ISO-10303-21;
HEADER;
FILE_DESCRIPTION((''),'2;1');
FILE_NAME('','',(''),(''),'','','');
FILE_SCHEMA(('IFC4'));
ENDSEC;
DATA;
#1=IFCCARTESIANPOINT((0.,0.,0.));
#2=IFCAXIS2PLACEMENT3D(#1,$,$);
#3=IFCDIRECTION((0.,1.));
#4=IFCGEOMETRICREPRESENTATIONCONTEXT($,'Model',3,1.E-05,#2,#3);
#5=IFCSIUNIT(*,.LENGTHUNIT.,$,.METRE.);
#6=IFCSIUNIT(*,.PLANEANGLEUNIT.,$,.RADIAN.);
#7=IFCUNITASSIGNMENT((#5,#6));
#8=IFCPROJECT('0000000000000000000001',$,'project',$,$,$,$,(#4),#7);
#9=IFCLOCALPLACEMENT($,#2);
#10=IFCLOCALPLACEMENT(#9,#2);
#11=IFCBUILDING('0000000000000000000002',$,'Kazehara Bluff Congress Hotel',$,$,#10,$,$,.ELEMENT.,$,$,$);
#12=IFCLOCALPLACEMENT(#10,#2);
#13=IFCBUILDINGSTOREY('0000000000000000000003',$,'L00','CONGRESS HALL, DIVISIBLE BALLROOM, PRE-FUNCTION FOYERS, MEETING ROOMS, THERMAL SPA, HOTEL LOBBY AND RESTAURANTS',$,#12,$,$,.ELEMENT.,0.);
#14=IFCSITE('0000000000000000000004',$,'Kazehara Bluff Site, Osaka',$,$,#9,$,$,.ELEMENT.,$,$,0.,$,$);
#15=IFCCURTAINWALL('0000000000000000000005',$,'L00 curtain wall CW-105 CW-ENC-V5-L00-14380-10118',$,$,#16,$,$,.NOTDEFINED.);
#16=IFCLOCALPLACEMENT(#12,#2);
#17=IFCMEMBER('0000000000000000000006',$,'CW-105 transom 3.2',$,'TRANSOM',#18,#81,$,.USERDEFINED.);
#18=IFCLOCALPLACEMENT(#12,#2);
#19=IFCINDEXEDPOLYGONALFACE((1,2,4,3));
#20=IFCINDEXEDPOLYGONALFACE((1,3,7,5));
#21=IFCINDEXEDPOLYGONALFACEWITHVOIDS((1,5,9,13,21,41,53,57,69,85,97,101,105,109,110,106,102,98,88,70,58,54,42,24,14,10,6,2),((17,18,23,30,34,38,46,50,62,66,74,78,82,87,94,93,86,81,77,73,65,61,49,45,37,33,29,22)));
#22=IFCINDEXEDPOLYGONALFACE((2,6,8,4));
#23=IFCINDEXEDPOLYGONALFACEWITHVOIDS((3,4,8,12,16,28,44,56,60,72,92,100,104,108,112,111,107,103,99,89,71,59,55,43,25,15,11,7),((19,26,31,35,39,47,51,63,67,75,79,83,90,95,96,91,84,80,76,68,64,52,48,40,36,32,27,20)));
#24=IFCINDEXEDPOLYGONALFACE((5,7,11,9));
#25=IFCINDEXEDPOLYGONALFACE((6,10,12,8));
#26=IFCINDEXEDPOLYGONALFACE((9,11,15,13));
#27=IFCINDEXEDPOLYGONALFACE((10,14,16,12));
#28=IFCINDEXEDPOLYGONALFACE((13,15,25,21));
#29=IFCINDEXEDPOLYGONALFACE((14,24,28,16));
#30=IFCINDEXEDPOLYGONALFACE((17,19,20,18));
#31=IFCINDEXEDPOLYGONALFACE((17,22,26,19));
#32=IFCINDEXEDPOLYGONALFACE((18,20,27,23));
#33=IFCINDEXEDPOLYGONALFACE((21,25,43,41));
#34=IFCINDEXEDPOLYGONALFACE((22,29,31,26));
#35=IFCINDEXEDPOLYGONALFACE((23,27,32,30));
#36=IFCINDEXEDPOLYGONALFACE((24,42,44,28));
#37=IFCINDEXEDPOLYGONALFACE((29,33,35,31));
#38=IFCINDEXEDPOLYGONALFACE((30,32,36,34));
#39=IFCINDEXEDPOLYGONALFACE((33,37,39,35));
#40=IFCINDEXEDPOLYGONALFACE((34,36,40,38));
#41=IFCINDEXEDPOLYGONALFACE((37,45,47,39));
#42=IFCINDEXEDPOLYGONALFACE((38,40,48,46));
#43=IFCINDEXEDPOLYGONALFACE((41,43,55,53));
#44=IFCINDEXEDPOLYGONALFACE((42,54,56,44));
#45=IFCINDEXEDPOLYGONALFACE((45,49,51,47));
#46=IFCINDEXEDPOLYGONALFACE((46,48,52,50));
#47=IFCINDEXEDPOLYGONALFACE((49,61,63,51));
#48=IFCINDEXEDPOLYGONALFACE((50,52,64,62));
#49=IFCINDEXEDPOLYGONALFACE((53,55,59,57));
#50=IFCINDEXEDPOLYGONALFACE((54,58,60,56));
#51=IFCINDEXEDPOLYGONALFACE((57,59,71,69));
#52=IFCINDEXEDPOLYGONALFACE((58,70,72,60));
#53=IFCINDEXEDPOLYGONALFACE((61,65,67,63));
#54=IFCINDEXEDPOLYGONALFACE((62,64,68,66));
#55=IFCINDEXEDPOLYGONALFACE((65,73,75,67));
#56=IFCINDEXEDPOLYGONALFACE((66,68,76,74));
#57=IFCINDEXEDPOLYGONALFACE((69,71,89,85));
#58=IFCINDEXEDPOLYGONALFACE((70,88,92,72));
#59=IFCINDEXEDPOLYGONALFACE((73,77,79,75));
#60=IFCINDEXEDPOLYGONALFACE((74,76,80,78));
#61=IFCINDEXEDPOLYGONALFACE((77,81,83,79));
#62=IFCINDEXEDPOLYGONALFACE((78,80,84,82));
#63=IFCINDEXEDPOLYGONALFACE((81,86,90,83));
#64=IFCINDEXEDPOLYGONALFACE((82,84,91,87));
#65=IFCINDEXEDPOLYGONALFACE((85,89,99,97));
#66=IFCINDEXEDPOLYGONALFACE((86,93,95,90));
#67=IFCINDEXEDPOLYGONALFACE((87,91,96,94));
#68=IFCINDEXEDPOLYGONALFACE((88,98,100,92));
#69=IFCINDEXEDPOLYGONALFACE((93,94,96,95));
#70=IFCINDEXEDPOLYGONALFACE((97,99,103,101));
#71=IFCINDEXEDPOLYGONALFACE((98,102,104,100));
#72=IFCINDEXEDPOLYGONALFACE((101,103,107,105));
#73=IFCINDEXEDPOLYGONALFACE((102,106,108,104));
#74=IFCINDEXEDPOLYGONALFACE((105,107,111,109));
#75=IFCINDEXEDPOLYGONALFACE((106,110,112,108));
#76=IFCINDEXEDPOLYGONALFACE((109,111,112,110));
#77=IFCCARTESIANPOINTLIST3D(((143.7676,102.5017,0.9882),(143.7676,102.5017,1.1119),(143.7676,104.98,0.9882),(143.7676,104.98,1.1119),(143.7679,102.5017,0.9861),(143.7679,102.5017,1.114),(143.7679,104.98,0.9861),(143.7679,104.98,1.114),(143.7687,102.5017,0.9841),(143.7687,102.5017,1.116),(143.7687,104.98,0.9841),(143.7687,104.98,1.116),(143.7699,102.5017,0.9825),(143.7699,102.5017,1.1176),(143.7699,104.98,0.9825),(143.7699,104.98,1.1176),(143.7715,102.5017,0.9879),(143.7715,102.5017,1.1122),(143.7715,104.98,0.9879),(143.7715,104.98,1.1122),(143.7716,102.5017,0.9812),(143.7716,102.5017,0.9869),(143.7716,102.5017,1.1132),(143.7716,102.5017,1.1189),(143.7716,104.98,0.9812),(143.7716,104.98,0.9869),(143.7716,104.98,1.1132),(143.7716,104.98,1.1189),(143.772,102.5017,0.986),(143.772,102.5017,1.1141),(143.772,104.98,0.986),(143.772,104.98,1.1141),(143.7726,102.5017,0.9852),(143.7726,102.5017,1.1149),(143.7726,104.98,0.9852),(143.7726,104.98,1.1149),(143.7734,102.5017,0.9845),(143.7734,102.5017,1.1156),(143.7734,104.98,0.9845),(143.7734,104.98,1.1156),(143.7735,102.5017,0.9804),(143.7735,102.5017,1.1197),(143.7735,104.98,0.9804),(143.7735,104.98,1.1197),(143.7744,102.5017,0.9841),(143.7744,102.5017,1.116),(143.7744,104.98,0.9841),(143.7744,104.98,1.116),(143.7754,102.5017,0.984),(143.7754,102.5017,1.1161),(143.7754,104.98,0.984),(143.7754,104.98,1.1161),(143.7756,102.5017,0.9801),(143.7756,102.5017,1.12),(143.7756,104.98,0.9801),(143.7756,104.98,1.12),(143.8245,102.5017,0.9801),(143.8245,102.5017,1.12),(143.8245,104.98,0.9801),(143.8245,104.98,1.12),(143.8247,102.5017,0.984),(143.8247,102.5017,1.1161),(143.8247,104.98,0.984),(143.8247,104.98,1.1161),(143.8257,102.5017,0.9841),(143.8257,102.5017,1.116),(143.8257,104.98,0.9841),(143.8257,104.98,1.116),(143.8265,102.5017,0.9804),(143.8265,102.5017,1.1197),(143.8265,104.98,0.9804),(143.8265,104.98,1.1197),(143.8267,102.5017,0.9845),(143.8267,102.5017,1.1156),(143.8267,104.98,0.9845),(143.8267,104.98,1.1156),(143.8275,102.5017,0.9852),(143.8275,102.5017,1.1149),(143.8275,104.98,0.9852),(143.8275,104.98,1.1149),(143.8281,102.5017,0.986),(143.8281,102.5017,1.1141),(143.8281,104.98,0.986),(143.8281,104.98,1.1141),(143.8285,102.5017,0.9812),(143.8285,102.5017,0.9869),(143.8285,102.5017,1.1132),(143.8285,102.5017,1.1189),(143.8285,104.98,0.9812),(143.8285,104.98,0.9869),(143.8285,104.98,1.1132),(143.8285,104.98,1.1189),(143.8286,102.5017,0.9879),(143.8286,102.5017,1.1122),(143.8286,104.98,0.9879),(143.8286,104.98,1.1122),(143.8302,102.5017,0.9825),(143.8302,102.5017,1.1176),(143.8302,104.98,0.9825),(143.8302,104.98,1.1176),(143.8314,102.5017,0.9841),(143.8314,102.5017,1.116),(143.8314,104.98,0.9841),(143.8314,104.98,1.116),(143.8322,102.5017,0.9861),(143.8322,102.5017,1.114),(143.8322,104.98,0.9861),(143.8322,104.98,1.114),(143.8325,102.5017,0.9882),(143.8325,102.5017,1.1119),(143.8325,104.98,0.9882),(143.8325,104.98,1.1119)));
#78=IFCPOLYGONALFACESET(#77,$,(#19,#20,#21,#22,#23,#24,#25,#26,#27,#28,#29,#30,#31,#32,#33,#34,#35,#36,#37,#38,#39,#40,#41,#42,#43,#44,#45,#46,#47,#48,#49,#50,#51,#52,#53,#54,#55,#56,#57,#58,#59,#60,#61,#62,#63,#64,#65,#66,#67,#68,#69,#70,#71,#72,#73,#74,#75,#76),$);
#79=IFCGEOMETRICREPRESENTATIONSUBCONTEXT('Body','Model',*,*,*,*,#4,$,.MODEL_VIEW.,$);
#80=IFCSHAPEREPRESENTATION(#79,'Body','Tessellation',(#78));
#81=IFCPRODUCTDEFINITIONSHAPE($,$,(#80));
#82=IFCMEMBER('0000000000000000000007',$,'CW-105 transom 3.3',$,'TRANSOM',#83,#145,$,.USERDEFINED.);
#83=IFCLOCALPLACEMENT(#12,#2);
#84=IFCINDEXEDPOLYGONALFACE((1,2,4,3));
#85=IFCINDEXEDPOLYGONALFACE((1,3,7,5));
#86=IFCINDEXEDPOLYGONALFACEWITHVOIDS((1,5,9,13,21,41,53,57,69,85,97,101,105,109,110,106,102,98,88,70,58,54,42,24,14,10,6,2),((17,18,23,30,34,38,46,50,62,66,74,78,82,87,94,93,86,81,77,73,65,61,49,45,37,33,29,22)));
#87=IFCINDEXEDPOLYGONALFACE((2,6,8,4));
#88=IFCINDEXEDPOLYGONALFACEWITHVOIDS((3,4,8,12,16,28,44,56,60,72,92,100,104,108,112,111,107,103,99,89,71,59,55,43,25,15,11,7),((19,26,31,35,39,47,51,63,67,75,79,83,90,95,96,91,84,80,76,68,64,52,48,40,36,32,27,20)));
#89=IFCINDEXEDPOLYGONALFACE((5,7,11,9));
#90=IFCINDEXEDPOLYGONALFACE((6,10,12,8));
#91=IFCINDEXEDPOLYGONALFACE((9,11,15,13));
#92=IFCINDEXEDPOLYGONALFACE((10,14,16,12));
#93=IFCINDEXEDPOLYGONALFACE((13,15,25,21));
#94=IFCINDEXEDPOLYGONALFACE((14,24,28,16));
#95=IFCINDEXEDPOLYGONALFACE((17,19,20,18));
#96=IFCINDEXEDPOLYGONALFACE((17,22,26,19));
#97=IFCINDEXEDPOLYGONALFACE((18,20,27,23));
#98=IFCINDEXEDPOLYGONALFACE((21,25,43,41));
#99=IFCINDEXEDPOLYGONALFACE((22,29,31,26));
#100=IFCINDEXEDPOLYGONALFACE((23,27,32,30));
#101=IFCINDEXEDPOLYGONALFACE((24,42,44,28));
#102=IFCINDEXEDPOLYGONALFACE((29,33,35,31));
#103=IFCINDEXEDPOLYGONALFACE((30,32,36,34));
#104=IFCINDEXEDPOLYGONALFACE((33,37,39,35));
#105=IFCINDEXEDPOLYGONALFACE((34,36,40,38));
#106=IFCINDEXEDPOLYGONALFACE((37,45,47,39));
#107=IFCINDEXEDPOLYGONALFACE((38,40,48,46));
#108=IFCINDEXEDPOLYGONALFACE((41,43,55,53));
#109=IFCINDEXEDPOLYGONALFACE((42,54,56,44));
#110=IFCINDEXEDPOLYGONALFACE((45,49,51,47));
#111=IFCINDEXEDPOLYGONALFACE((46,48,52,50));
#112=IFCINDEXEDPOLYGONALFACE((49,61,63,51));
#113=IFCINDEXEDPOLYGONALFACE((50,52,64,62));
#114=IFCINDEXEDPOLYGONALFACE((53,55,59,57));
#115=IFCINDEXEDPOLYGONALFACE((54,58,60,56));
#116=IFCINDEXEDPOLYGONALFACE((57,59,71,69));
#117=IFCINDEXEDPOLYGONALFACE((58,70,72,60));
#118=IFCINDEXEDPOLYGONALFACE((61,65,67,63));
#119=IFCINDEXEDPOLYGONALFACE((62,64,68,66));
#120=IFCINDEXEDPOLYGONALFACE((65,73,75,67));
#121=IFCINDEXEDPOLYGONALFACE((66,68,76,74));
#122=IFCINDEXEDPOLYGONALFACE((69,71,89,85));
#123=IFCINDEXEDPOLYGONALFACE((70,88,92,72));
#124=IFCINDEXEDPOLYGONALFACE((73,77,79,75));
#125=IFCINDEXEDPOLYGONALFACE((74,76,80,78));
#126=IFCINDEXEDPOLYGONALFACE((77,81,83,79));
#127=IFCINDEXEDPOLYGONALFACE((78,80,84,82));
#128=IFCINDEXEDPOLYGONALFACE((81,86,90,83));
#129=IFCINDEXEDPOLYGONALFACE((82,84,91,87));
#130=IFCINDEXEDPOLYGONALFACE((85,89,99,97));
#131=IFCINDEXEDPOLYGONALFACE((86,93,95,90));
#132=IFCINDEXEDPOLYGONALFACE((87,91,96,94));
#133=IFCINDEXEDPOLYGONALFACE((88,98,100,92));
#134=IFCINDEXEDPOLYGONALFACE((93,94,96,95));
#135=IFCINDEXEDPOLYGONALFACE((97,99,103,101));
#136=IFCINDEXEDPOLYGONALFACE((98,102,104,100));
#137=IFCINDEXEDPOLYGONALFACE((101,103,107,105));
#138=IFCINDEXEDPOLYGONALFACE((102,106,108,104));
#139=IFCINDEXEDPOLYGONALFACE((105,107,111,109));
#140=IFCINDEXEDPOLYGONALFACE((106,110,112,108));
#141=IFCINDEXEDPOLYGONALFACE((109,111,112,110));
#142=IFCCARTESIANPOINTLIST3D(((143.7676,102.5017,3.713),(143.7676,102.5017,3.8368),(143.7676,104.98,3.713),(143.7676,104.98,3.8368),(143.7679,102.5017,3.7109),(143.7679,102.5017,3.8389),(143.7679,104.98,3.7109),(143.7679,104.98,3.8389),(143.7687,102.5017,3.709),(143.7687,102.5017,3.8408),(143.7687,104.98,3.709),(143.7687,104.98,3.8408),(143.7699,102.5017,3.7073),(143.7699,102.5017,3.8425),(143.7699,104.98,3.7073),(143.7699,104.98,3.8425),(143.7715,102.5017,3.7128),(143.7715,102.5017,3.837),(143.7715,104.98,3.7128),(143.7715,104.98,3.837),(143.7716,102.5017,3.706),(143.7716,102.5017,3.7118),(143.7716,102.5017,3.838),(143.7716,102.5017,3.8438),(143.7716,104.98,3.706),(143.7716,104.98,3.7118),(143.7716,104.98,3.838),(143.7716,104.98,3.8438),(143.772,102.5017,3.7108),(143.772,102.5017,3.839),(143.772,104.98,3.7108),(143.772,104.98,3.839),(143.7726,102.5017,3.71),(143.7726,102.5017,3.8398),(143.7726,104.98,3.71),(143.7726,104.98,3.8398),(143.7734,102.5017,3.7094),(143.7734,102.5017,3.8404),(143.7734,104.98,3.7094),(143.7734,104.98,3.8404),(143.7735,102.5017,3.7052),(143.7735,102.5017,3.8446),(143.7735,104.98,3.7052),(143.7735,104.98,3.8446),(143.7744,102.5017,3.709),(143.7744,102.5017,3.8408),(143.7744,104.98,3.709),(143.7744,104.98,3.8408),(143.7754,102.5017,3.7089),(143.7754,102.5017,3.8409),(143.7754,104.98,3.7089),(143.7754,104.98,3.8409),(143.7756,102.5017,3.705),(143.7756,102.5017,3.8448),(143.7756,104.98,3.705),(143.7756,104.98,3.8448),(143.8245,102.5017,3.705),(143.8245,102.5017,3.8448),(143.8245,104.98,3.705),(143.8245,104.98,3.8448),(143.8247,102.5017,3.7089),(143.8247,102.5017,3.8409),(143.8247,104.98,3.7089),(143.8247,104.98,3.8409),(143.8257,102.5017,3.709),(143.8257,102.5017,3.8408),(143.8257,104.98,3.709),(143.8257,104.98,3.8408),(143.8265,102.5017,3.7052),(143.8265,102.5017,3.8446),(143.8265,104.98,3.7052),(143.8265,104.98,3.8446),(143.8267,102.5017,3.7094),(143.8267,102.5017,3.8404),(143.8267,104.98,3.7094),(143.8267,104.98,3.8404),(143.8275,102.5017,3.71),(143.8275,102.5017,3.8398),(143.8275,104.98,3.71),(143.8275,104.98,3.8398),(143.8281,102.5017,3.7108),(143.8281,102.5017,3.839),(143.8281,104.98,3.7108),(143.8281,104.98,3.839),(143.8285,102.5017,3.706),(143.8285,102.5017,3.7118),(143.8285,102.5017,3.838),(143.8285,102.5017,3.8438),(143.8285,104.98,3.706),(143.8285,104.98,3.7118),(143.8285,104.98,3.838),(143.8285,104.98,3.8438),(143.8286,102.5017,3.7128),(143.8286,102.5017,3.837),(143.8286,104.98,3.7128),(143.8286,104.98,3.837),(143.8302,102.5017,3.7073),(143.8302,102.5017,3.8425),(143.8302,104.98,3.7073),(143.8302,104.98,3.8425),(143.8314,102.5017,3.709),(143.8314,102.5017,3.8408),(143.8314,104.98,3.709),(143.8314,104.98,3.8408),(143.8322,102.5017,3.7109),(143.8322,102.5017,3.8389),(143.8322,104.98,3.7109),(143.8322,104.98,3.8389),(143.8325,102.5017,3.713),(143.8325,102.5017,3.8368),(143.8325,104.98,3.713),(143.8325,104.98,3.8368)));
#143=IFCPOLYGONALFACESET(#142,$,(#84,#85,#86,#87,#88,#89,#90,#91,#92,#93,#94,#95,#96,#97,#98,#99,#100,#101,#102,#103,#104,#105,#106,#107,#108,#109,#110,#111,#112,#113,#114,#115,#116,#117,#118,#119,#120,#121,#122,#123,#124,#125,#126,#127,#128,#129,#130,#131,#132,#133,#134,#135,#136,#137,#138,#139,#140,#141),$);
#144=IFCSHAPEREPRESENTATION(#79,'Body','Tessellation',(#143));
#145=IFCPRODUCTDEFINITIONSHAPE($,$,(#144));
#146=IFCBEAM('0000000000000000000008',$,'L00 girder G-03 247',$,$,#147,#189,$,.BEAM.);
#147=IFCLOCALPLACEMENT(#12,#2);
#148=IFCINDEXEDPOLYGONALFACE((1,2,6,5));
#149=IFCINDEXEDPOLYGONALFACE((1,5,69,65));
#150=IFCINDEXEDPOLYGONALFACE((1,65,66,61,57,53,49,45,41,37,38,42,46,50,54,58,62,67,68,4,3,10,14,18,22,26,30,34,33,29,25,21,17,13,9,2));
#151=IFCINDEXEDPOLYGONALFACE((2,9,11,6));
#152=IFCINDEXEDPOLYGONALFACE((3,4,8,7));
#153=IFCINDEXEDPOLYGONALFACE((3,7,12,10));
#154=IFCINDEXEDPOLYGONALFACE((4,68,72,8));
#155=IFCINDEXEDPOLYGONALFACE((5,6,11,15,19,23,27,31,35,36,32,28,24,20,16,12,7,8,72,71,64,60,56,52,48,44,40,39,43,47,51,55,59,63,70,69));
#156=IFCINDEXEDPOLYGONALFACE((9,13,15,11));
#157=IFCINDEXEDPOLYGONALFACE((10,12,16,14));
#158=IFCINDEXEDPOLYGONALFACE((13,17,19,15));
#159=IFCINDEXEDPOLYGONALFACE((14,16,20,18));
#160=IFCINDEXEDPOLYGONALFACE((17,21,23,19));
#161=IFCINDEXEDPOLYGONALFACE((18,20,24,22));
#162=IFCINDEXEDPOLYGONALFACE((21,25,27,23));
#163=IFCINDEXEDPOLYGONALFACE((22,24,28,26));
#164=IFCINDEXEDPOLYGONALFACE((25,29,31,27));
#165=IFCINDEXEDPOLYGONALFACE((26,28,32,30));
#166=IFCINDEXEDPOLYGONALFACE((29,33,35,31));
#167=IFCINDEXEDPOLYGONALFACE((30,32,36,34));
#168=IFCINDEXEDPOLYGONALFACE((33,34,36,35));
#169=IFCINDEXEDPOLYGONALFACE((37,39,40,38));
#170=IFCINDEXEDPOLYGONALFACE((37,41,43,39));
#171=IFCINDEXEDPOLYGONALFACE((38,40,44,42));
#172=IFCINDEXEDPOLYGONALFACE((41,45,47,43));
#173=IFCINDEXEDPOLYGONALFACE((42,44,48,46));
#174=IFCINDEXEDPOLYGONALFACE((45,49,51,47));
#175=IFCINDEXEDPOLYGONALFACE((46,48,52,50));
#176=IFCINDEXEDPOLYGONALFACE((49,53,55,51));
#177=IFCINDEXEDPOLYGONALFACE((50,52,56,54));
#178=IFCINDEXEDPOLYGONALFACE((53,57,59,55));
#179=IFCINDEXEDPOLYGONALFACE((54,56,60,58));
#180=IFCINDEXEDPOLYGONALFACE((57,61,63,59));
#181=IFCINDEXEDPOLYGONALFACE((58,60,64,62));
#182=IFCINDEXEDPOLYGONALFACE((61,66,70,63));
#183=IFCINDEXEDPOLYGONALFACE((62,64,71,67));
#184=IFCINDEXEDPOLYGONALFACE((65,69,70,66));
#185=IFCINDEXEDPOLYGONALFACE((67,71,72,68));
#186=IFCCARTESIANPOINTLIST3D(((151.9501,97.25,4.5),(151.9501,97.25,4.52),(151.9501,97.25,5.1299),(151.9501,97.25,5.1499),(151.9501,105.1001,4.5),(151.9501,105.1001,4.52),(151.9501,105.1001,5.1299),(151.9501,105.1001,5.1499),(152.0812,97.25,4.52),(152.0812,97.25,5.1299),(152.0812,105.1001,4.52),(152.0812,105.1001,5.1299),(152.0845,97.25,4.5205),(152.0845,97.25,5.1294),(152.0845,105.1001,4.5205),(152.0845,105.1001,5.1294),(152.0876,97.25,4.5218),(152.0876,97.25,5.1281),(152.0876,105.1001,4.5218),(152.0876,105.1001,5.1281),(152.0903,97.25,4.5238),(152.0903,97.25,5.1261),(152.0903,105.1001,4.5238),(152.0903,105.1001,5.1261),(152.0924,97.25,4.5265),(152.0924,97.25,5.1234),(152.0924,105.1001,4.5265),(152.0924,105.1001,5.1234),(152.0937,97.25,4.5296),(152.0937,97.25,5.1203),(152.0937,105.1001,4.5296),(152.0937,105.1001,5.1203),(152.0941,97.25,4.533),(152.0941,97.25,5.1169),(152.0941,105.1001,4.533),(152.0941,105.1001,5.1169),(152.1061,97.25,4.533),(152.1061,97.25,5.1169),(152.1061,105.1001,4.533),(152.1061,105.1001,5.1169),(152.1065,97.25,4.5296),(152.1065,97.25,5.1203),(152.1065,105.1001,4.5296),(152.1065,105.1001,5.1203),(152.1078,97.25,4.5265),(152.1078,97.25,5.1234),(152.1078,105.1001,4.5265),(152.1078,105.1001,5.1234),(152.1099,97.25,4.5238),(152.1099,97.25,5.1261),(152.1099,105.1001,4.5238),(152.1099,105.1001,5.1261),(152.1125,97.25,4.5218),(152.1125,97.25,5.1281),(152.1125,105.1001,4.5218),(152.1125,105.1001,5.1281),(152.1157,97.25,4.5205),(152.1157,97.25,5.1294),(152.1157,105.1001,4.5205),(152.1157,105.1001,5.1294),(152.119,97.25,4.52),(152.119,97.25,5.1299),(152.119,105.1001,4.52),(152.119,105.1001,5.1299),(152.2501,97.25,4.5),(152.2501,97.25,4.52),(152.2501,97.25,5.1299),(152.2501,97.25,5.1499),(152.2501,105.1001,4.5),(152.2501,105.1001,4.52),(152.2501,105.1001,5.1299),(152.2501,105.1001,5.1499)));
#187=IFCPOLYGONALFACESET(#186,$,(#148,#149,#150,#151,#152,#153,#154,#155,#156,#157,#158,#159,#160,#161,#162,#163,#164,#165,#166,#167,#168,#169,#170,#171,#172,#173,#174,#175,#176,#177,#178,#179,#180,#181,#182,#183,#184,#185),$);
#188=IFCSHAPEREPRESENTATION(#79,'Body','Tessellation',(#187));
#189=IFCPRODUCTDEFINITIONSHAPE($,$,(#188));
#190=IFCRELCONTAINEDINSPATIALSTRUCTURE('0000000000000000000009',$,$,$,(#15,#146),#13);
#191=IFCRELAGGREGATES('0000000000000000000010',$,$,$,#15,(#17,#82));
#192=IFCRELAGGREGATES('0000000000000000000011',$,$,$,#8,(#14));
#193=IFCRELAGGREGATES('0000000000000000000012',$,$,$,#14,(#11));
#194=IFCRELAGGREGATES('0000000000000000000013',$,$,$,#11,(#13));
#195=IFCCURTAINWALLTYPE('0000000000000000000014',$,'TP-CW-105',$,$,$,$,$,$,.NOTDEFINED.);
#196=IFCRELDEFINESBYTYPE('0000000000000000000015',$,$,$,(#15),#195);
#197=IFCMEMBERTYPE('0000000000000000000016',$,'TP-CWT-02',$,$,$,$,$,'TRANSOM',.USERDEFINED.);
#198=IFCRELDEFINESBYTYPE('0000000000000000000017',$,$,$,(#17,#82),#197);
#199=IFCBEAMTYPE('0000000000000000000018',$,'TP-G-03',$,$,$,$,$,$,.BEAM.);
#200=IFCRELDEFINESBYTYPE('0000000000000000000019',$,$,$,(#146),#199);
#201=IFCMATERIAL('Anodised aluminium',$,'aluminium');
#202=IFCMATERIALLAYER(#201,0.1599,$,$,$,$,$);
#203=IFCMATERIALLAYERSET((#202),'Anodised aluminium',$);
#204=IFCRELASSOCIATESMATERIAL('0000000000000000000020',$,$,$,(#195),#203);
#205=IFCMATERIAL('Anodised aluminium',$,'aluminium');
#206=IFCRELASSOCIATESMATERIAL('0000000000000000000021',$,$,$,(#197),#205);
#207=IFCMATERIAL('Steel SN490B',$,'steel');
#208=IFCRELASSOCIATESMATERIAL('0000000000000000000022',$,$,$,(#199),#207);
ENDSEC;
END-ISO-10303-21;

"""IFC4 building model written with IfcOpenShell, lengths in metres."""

from ifc_helpers import new_model, si_unit, direction, frame, origin, origin_2d, place, context, subcontext, project, spatial, hollow_rectangle, i_section, extrude, material, layer, layer_set, material_profile, profile_set, type_object, element, aggregate, save


model = new_model("IFC4")

# Units and contexts
model_context = context("Model", 3, precision=1e-05, world=origin(), true_north=direction((0.0, 1.0)))
body_context = subcontext(model_context, "Body", "Model", "MODEL_VIEW")
ifc_project = project(units=[si_unit("LENGTHUNIT", "METRE"), si_unit("PLANEANGLEUNIT", "RADIAN")], contexts=[model_context])

# Site, building, storey
site_placement = place(None, origin())
site = spatial("IfcSite", under=ifc_project, at=site_placement, Name="Kazehara Bluff Site, Osaka", CompositionType="ELEMENT", RefElevation=0.0)
building_placement = place(site_placement, origin())
building = spatial("IfcBuilding", under=site, at=building_placement, Name="Kazehara Bluff Congress Hotel", CompositionType="ELEMENT")
storey_placement = place(building_placement, origin())
storey = spatial("IfcBuildingStorey", under=building, at=storey_placement, Name="L00", Description="CONGRESS HALL, DIVISIBLE BALLROOM, PRE-FUNCTION FOYERS, MEETING ROOMS, THERMAL SPA, HOTEL LOBBY AND RESTAURANTS", CompositionType="ELEMENT", Elevation=0.0)

# Curtain wall, members
ifc_material_1 = material(Name="Anodised aluminium", Category="aluminium")
ifc_layer_1 = layer(ifc_material_1, 0.1599)
ifc_layer_set_1 = layer_set([ifc_layer_1], Name="Anodised aluminium")
curtain_wall_type = type_object("IfcCurtainWallType", Name="TP-CW-105", PredefinedType="NOTDEFINED", material=ifc_layer_set_1)
curtain_wall_placement = place(storey_placement, origin())
curtain_wall = element("IfcCurtainWall", 1, at=curtain_wall_placement, inside=storey, type_object=curtain_wall_type, Name="L00 curtain wall CW-105 CW-ENC-V5-L00-14380-10118", PredefinedType="NOTDEFINED")
ifc_material_2 = material(Name="Anodised aluminium", Category="aluminium")
ifc_material_profile_1 = material_profile(ifc_material_2, hollow_rectangle(XDim=0.0649, YDim=0.1399, WallThickness=0.0039, InnerFilletRadius=0.0039, OuterFilletRadius=0.0081, at=origin_2d()))
ifc_profile_set_1 = profile_set([ifc_material_profile_1], Name="Anodised aluminium")
member_type_1 = type_object("IfcMemberType", Name="TP-CWT-02", ElementType="TRANSOM", PredefinedType="USERDEFINED", material=ifc_profile_set_1)
member_1_placement = place(storey_placement, frame((143.8, 102.5017, 1.05), z_axis=(0.0, 1.0, 0.0), x_axis=(-1.0, 0.0, 0.0)))
member_1 = element("IfcMember", 2, at=member_1_placement, type_object=member_type_1, Name="CW-105 transom 3.2", ObjectType="TRANSOM", PredefinedType="USERDEFINED", context=body_context, shape_type="SweptSolid", body=[
    extrude(hollow_rectangle(XDim=0.0649, YDim=0.1399, WallThickness=0.0039, InnerFilletRadius=0.0039, OuterFilletRadius=0.0081, at=origin_2d()), origin(), (0.0, 0.0, 1.0), 2.4783),
])
member_2_placement = place(storey_placement, frame((143.8, 102.5017, 3.7749), z_axis=(0.0, 1.0, 0.0), x_axis=(-1.0, 0.0, 0.0)))
member_2 = element("IfcMember", 3, at=member_2_placement, type_object=member_type_1, Name="CW-105 transom 3.3", ObjectType="TRANSOM", PredefinedType="USERDEFINED", context=body_context, shape_type="SweptSolid", body=[
    extrude(hollow_rectangle(XDim=0.0649, YDim=0.1399, WallThickness=0.0039, InnerFilletRadius=0.0039, OuterFilletRadius=0.0081, at=origin_2d()), origin(), (0.0, 0.0, 1.0), 2.4783),
])

# Beam
ifc_material_3 = material(Name="Steel SN490B", Category="steel")
ifc_material_profile_2 = material_profile(ifc_material_3, i_section(OverallWidth=0.3, OverallDepth=0.6499, WebThickness=0.012, FlangeThickness=0.02, FilletRadius=0.0129, at=origin_2d()))
ifc_profile_set_2 = profile_set([ifc_material_profile_2], Name="Steel SN490B")
beam_type_1 = type_object("IfcBeamType", Name="TP-G-03", PredefinedType="BEAM", material=ifc_profile_set_2)
beam_1_placement = place(storey_placement, frame((152.1001, 97.25, 4.825), z_axis=(0.0, 1.0, 0.0), x_axis=(-1.0, 0.0, 0.0)))
element("IfcBeam", 4, at=beam_1_placement, inside=storey, type_object=beam_type_1, Name="L00 girder G-03 247", PredefinedType="BEAM", context=body_context, shape_type="SweptSolid", body=[
    extrude(i_section(OverallWidth=0.3, OverallDepth=0.6499, WebThickness=0.012, FlangeThickness=0.02, FilletRadius=0.0129, at=origin_2d()), origin(), (0.0, 0.0, 1.0), 7.8501),
])

aggregate(curtain_wall, [member_1, member_2])

save(model, "model.ifc")
